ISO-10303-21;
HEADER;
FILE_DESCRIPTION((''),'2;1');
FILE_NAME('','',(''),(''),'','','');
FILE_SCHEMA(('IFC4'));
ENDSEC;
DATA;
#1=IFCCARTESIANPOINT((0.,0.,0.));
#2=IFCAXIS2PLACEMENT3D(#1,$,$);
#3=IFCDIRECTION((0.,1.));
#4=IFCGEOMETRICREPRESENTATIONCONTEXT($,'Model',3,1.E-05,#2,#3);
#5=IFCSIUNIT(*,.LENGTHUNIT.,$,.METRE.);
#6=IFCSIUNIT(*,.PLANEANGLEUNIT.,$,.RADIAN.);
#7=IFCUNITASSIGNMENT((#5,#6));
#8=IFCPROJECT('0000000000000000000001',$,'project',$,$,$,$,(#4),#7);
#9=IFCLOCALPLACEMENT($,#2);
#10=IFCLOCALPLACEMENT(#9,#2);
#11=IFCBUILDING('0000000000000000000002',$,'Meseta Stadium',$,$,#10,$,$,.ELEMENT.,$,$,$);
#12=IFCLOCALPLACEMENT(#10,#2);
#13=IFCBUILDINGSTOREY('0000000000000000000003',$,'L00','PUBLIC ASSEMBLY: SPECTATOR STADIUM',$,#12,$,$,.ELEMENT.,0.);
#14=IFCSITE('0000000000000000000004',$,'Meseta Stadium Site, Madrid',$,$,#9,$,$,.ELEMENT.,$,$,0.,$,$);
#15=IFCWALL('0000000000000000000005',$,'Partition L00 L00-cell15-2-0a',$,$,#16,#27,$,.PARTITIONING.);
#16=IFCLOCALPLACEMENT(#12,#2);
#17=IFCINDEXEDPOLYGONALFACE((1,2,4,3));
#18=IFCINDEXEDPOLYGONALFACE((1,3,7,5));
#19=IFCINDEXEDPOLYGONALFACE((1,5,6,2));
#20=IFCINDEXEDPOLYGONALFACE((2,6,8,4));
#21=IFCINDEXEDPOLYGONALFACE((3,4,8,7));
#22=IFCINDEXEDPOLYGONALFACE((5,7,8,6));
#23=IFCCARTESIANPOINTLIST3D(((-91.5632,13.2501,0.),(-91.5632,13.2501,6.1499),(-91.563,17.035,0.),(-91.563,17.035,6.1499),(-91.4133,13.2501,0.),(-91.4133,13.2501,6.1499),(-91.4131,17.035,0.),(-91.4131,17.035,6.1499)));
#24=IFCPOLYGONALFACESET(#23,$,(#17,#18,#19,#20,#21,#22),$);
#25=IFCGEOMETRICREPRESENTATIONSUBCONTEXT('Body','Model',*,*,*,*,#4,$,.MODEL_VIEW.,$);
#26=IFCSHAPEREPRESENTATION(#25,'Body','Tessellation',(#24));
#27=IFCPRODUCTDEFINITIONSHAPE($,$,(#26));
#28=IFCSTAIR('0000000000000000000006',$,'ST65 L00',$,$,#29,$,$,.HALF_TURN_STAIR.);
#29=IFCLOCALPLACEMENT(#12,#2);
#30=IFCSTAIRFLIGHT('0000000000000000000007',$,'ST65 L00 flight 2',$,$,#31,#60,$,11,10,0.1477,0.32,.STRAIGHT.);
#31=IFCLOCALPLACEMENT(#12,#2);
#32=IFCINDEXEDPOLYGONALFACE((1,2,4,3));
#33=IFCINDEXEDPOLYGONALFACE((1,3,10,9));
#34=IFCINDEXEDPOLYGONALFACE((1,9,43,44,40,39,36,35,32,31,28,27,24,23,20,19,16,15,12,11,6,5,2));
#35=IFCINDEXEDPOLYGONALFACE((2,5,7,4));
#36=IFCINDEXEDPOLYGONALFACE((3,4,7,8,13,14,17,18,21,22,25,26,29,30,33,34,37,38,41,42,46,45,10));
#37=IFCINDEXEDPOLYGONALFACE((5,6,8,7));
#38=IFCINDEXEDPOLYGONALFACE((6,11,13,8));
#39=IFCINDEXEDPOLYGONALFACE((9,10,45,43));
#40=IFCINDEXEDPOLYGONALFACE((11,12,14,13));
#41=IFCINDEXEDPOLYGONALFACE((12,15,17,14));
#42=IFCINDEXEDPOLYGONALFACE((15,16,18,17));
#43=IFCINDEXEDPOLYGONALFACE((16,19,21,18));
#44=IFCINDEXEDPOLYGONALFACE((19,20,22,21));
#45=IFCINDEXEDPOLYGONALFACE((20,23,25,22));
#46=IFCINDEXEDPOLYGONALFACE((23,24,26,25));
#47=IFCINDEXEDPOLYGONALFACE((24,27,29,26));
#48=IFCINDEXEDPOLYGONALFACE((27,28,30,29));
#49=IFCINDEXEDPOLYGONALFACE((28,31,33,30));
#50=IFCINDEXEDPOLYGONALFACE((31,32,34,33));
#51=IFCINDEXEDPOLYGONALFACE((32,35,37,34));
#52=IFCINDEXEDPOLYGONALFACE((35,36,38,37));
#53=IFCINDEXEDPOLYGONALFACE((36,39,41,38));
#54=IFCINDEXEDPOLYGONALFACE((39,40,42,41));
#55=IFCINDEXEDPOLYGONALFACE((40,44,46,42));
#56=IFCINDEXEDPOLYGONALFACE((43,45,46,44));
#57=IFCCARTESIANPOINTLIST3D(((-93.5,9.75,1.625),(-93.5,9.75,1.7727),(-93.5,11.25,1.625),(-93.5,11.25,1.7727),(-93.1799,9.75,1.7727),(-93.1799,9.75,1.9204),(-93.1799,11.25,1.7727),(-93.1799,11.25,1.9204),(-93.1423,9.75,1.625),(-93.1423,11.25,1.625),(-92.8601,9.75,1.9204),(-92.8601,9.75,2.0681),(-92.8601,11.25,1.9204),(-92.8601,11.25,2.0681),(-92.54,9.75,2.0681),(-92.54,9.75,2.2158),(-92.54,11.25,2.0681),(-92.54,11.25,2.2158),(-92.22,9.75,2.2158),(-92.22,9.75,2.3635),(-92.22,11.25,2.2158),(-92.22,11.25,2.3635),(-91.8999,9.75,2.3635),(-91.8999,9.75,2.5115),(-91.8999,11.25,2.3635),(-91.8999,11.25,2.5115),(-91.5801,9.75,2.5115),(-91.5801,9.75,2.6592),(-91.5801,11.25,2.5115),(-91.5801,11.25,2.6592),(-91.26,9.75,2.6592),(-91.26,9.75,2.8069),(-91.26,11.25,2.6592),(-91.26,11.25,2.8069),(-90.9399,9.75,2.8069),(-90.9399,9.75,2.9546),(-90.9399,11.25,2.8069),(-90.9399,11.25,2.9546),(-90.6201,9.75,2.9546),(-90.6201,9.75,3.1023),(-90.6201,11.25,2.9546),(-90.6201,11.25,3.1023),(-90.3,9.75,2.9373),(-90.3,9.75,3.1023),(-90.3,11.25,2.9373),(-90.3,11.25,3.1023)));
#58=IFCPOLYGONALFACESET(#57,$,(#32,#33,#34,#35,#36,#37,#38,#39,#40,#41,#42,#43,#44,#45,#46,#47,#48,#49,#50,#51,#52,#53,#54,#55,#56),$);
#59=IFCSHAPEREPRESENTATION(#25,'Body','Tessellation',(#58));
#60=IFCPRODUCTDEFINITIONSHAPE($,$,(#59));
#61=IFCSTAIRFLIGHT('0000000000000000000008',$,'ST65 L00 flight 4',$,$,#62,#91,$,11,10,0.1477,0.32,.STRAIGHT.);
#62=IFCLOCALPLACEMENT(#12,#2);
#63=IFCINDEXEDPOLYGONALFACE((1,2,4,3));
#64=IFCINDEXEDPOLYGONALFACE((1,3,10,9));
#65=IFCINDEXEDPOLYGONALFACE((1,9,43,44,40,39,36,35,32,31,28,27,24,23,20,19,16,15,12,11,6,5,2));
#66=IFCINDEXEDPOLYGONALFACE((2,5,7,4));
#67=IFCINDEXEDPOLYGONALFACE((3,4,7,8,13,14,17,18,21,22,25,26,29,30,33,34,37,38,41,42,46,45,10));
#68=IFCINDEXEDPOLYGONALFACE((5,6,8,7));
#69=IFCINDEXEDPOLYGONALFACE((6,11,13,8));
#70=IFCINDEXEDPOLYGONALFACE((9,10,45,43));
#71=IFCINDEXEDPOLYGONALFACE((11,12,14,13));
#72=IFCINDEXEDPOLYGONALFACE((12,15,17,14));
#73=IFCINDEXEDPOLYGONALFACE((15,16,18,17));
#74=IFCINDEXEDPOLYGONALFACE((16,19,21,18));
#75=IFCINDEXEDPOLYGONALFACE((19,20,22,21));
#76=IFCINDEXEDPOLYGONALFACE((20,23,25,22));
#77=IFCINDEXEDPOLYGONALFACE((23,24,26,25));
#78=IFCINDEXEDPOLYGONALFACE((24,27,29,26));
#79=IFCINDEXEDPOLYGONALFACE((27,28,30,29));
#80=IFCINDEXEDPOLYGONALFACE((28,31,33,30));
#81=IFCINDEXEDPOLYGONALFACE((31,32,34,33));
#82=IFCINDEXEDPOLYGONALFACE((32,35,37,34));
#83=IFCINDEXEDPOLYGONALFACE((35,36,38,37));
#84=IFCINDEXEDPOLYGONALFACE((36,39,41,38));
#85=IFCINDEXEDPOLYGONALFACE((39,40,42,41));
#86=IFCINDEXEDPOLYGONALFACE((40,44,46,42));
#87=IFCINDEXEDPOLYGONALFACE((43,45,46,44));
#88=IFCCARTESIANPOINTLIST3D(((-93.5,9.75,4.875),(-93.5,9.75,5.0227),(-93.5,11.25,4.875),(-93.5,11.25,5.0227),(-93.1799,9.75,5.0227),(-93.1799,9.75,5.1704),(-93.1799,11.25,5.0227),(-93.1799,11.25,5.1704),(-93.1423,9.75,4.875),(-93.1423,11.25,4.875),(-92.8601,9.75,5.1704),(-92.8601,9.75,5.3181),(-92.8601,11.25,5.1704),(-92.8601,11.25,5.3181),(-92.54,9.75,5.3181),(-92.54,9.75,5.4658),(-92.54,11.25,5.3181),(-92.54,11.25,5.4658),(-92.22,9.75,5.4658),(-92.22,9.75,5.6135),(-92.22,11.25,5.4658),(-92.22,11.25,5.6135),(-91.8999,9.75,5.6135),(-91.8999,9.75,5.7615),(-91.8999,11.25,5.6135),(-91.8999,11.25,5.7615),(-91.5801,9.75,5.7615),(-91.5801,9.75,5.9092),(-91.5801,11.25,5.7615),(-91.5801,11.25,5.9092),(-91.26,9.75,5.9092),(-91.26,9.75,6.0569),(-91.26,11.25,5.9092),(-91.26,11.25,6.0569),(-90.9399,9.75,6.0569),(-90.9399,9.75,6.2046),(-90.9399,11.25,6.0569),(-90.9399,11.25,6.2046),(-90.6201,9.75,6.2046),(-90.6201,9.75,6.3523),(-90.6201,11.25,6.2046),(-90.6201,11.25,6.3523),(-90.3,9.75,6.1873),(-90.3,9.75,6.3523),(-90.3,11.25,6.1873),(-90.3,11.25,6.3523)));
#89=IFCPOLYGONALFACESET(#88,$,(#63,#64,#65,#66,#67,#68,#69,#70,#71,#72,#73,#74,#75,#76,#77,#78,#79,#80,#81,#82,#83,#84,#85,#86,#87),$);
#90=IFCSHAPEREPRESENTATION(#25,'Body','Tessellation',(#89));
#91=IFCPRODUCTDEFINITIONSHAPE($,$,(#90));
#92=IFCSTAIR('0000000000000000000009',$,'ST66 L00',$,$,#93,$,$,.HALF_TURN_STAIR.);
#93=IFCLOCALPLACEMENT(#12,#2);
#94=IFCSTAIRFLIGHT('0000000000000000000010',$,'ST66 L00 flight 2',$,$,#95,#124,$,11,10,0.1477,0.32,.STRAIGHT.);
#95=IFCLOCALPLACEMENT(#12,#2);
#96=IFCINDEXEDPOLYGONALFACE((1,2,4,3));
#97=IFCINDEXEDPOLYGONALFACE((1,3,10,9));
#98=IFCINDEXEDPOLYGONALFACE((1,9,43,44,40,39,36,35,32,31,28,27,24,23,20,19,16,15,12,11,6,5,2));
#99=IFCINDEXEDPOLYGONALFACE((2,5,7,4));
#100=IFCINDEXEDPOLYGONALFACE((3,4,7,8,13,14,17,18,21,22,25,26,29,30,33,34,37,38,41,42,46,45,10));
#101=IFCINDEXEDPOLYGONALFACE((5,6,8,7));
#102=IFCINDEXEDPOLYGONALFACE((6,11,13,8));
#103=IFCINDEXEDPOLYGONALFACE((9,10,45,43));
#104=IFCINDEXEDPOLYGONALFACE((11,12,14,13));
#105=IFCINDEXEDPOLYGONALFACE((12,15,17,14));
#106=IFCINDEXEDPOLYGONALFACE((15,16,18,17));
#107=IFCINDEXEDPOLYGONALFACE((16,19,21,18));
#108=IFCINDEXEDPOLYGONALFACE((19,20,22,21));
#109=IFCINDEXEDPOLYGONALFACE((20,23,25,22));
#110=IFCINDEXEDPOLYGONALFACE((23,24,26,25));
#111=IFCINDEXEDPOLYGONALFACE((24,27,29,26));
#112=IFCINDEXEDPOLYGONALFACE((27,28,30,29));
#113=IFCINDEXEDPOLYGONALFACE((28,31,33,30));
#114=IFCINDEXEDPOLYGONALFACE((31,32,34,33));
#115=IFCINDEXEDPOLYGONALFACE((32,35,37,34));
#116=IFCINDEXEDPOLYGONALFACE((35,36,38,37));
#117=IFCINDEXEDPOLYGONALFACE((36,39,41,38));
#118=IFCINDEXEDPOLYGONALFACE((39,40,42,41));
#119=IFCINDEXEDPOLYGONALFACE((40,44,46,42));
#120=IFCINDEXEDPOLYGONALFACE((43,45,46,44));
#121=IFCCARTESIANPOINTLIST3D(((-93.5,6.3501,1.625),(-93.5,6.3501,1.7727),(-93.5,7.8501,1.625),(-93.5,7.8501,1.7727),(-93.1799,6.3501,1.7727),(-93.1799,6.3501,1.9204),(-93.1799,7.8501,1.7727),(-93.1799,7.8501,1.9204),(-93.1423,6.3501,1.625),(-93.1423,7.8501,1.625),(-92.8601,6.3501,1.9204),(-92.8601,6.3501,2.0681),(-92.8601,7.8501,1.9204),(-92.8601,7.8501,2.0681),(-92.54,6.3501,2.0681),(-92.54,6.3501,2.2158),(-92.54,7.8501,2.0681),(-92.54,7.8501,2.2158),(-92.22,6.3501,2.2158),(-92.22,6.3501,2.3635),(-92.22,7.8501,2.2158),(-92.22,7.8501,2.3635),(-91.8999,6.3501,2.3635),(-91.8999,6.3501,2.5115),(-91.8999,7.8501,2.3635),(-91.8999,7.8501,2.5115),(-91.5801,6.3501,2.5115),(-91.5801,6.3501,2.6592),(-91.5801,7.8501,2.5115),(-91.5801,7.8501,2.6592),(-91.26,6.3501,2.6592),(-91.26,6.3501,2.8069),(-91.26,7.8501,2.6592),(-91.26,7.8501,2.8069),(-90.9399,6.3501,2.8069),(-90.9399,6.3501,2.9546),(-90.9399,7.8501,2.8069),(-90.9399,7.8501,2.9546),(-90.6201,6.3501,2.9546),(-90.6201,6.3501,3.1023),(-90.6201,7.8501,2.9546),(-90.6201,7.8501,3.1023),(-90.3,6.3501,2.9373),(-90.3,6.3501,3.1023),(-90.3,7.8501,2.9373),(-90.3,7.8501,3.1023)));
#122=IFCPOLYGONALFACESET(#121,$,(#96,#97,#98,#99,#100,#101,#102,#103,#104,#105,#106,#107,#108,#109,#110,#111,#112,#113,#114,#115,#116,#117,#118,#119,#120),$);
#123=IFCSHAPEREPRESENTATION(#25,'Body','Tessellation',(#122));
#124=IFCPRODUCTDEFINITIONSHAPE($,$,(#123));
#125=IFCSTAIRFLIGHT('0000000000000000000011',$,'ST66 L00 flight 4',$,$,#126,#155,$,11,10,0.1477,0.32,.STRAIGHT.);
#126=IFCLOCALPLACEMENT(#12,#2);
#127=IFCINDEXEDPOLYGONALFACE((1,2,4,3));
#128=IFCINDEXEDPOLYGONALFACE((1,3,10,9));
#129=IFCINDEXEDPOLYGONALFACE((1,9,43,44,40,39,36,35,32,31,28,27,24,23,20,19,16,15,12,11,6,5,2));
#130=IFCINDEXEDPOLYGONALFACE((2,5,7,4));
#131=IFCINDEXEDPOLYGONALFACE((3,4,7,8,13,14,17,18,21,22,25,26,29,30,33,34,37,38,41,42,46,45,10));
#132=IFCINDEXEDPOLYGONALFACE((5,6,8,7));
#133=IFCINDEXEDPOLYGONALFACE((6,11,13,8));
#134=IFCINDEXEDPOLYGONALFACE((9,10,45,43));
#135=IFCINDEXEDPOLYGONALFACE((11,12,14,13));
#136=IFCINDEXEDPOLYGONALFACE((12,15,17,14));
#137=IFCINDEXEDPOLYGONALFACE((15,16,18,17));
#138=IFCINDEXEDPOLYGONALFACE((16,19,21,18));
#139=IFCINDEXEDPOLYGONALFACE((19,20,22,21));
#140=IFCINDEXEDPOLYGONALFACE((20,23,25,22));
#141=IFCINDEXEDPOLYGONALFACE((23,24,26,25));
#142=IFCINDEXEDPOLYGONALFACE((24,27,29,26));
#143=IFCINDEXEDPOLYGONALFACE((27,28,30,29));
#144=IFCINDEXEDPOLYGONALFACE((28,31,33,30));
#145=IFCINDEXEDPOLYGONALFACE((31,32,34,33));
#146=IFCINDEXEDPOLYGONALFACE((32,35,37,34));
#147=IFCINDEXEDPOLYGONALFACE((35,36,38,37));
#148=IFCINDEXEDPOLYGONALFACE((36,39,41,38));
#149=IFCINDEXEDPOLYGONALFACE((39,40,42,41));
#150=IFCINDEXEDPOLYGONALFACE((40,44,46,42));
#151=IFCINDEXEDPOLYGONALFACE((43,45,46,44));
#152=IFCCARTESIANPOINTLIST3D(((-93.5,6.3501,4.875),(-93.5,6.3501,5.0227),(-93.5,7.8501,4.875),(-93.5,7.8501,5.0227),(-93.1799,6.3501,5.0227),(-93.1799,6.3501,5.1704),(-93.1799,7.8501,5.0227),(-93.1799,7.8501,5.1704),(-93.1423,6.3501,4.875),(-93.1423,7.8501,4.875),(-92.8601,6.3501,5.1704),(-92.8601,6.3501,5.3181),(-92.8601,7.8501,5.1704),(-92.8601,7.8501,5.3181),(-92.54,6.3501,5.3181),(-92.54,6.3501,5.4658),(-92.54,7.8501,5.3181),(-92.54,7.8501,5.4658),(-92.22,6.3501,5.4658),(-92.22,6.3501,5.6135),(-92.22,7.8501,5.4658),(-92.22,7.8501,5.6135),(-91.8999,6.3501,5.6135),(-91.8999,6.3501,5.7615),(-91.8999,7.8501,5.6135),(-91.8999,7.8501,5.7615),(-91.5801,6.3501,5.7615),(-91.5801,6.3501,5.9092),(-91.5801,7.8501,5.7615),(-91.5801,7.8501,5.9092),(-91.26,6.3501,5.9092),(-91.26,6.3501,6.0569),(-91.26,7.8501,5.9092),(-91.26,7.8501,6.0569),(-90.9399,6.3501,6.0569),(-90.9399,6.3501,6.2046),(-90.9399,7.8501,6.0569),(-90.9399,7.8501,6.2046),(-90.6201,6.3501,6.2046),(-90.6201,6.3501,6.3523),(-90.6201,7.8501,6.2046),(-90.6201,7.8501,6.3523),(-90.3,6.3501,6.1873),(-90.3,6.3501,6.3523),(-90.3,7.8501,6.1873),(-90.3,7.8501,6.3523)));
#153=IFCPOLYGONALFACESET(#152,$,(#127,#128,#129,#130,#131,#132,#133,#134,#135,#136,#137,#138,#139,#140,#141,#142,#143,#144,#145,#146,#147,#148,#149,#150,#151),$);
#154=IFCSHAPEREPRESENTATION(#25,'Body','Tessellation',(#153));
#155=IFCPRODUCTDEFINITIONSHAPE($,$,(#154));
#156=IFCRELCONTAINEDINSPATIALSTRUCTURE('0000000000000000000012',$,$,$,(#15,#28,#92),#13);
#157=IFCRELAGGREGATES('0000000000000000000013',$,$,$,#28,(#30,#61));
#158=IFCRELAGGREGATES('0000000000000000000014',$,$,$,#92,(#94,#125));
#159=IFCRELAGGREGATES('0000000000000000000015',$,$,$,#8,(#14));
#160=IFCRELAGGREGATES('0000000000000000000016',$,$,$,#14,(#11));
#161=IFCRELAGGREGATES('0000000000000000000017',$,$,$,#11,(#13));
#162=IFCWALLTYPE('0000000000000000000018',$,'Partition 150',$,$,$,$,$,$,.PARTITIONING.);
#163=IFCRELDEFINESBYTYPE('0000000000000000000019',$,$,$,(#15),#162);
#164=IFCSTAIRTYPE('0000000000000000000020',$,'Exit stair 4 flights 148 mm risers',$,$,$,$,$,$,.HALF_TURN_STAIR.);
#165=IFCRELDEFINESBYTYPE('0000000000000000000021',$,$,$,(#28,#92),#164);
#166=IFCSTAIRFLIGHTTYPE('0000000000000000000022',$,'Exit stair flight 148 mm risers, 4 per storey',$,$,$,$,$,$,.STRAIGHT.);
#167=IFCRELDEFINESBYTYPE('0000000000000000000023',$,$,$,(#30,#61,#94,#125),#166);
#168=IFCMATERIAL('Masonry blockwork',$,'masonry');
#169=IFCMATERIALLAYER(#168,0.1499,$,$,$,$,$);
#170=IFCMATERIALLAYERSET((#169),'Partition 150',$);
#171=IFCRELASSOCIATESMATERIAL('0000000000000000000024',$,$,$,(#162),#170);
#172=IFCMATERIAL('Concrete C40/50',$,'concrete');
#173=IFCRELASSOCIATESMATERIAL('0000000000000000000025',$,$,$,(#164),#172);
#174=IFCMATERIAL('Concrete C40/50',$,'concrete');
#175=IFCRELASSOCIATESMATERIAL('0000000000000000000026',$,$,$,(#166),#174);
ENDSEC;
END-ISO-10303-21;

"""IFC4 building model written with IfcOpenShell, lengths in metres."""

from ifc_helpers import new_model, si_unit, direction, frame, frame_2d, origin, place, context, subcontext, project, spatial, polyline, rectangle, outline, extrude, material, layer, layer_set, type_object, element, aggregate, save


model = new_model("IFC4")

# Units and contexts
model_context = context("Model", 3, precision=1e-05, world=origin(), true_north=direction((0.0, 1.0)))
body_context = subcontext(model_context, "Body", "Model", "MODEL_VIEW")
ifc_project = project(units=[si_unit("LENGTHUNIT", "METRE"), si_unit("PLANEANGLEUNIT", "RADIAN")], contexts=[model_context])

# Site, building, storey
site_placement = place(None, origin())
site = spatial("IfcSite", under=ifc_project, at=site_placement, Name="Meseta Stadium Site, Madrid", CompositionType="ELEMENT", RefElevation=0.0)
building_placement = place(site_placement, origin())
building = spatial("IfcBuilding", under=site, at=building_placement, Name="Meseta Stadium", CompositionType="ELEMENT")
storey_placement = place(building_placement, origin())
storey = spatial("IfcBuildingStorey", under=building, at=storey_placement, Name="L00", Description="PUBLIC ASSEMBLY: SPECTATOR STADIUM", CompositionType="ELEMENT", Elevation=0.0)

# Wall
ifc_material_1 = material(Name="Masonry blockwork", Category="masonry")
ifc_layer = layer(ifc_material_1, 0.1499)
ifc_layer_set = layer_set([ifc_layer], Name="Partition 150")
wall_type = type_object("IfcWallType", Name="Partition 150", PredefinedType="PARTITIONING", material=ifc_layer_set)
wall_placement = place(storey_placement, frame((-91.4883, 13.25, 0.0), z_axis=(0.0, 0.0, 1.0), x_axis=(0.000065, 1.0, 0.0)))
element("IfcWall", 1, at=wall_placement, inside=storey, type_object=wall_type, Name="Partition L00 L00-cell15-2-0a", PredefinedType="PARTITIONING", context=body_context, shape_type="SweptSolid", body=[
    extrude(rectangle(XDim=3.7849, YDim=0.1499, at=frame_2d((1.8926, 0.0))), origin(), (0.0, 0.0, 1.0), 6.1499),
])

# Stairs, stair flights
ifc_material_2 = material(Name="Concrete C40/50", Category="concrete")
stair_type = type_object("IfcStairType", Name="Exit stair 4 flights 148 mm risers", PredefinedType="HALF_TURN_STAIR", material=ifc_material_2)
stair_1_placement = place(storey_placement, origin())
stair_1 = element("IfcStair", 2, at=stair_1_placement, inside=storey, type_object=stair_type, Name="ST65 L00", PredefinedType="HALF_TURN_STAIR")
ifc_material_3 = material(Name="Concrete C40/50", Category="concrete")
stair_flight_type = type_object("IfcStairFlightType", Name="Exit stair flight 148 mm risers, 4 per storey", PredefinedType="STRAIGHT", material=ifc_material_3)
stair_flight_1_placement = place(storey_placement, frame((-93.5, 10.5, 1.625), z_axis=(0.0, 0.0, 1.0), x_axis=(1.0, 0.0, 0.0)))
stair_flight_1 = element("IfcStairFlight", 3, at=stair_flight_1_placement, type_object=stair_flight_type, Name="ST65 L00 flight 2", NumberOfRisers=11, NumberOfTreads=10, PredefinedType="STRAIGHT", RiserHeight=0.1477, TreadLength=0.32, context=body_context, shape_type="SweptSolid", body=[
    extrude(outline(polyline([(0.0, 0.0), (0.0, 0.1477), (0.3201, 0.1477), (0.3201, 0.2954), (0.6399, 0.2954), (0.6399, 0.4431), (0.96, 0.4431), (0.96, 0.5908), (1.28, 0.5908), (1.28, 0.7385), (1.6001, 0.7385), (1.6001, 0.8865), (1.9199, 0.8865), (1.9199, 1.0342), (2.24, 1.0342), (2.24, 1.1819), (2.5601, 1.1819), (2.5601, 1.3296), (2.8799, 1.3296), (2.8799, 1.4773), (3.2, 1.4773), (3.2, 1.3123), (0.3577, 0.0), (0.0, 0.0)])), frame((0.0, 0.75, 0.0), z_axis=(0.0, -1.0, 0.0), x_axis=(1.0, 0.0, 0.0)), (0.0, 0.0, 1.0), 1.5),
])
stair_flight_2_placement = place(storey_placement, frame((-93.5, 10.5, 4.875), z_axis=(0.0, 0.0, 1.0), x_axis=(1.0, 0.0, 0.0)))
stair_flight_2 = element("IfcStairFlight", 4, at=stair_flight_2_placement, type_object=stair_flight_type, Name="ST65 L00 flight 4", NumberOfRisers=11, NumberOfTreads=10, PredefinedType="STRAIGHT", RiserHeight=0.1477, TreadLength=0.32, context=body_context, shape_type="SweptSolid", body=[
    extrude(outline(polyline([(0.0, 0.0), (0.0, 0.1477), (0.3201, 0.1477), (0.3201, 0.2954), (0.6399, 0.2954), (0.6399, 0.4431), (0.96, 0.4431), (0.96, 0.5908), (1.28, 0.5908), (1.28, 0.7385), (1.6001, 0.7385), (1.6001, 0.8865), (1.9199, 0.8865), (1.9199, 1.0342), (2.24, 1.0342), (2.24, 1.1819), (2.5601, 1.1819), (2.5601, 1.3296), (2.8799, 1.3296), (2.8799, 1.4773), (3.2, 1.4773), (3.2, 1.3123), (0.3577, 0.0), (0.0, 0.0)])), frame((0.0, 0.75, 0.0), z_axis=(0.0, -1.0, 0.0), x_axis=(1.0, 0.0, 0.0)), (0.0, 0.0, 1.0), 1.5),
])
aggregate(stair_1, [stair_flight_1, stair_flight_2])
stair_2_placement = place(storey_placement, origin())
stair_2 = element("IfcStair", 5, at=stair_2_placement, inside=storey, type_object=stair_type, Name="ST66 L00", PredefinedType="HALF_TURN_STAIR")
stair_flight_3_placement = place(storey_placement, frame((-93.5, 7.1001, 1.625), z_axis=(0.0, 0.0, 1.0), x_axis=(1.0, 0.0, 0.0)))
stair_flight_3 = element("IfcStairFlight", 6, at=stair_flight_3_placement, type_object=stair_flight_type, Name="ST66 L00 flight 2", NumberOfRisers=11, NumberOfTreads=10, PredefinedType="STRAIGHT", RiserHeight=0.1477, TreadLength=0.32, context=body_context, shape_type="SweptSolid", body=[
    extrude(outline(polyline([(0.0, 0.0), (0.0, 0.1477), (0.3201, 0.1477), (0.3201, 0.2954), (0.6399, 0.2954), (0.6399, 0.4431), (0.96, 0.4431), (0.96, 0.5908), (1.28, 0.5908), (1.28, 0.7385), (1.6001, 0.7385), (1.6001, 0.8865), (1.9199, 0.8865), (1.9199, 1.0342), (2.24, 1.0342), (2.24, 1.1819), (2.5601, 1.1819), (2.5601, 1.3296), (2.8799, 1.3296), (2.8799, 1.4773), (3.2, 1.4773), (3.2, 1.3123), (0.3577, 0.0), (0.0, 0.0)])), frame((0.0, 0.75, 0.0), z_axis=(0.0, -1.0, 0.0), x_axis=(1.0, 0.0, 0.0)), (0.0, 0.0, 1.0), 1.5),
])
stair_flight_4_placement = place(storey_placement, frame((-93.5, 7.1001, 4.875), z_axis=(0.0, 0.0, 1.0), x_axis=(1.0, 0.0, 0.0)))
stair_flight_4 = element("IfcStairFlight", 7, at=stair_flight_4_placement, type_object=stair_flight_type, Name="ST66 L00 flight 4", NumberOfRisers=11, NumberOfTreads=10, PredefinedType="STRAIGHT", RiserHeight=0.1477, TreadLength=0.32, context=body_context, shape_type="SweptSolid", body=[
    extrude(outline(polyline([(0.0, 0.0), (0.0, 0.1477), (0.3201, 0.1477), (0.3201, 0.2954), (0.6399, 0.2954), (0.6399, 0.4431), (0.96, 0.4431), (0.96, 0.5908), (1.28, 0.5908), (1.28, 0.7385), (1.6001, 0.7385), (1.6001, 0.8865), (1.9199, 0.8865), (1.9199, 1.0342), (2.24, 1.0342), (2.24, 1.1819), (2.5601, 1.1819), (2.5601, 1.3296), (2.8799, 1.3296), (2.8799, 1.4773), (3.2, 1.4773), (3.2, 1.3123), (0.3577, 0.0), (0.0, 0.0)])), frame((0.0, 0.75, 0.0), z_axis=(0.0, -1.0, 0.0), x_axis=(1.0, 0.0, 0.0)), (0.0, 0.0, 1.0), 1.5),
])
aggregate(stair_2, [stair_flight_3, stair_flight_4])

save(model, "model.ifc")
